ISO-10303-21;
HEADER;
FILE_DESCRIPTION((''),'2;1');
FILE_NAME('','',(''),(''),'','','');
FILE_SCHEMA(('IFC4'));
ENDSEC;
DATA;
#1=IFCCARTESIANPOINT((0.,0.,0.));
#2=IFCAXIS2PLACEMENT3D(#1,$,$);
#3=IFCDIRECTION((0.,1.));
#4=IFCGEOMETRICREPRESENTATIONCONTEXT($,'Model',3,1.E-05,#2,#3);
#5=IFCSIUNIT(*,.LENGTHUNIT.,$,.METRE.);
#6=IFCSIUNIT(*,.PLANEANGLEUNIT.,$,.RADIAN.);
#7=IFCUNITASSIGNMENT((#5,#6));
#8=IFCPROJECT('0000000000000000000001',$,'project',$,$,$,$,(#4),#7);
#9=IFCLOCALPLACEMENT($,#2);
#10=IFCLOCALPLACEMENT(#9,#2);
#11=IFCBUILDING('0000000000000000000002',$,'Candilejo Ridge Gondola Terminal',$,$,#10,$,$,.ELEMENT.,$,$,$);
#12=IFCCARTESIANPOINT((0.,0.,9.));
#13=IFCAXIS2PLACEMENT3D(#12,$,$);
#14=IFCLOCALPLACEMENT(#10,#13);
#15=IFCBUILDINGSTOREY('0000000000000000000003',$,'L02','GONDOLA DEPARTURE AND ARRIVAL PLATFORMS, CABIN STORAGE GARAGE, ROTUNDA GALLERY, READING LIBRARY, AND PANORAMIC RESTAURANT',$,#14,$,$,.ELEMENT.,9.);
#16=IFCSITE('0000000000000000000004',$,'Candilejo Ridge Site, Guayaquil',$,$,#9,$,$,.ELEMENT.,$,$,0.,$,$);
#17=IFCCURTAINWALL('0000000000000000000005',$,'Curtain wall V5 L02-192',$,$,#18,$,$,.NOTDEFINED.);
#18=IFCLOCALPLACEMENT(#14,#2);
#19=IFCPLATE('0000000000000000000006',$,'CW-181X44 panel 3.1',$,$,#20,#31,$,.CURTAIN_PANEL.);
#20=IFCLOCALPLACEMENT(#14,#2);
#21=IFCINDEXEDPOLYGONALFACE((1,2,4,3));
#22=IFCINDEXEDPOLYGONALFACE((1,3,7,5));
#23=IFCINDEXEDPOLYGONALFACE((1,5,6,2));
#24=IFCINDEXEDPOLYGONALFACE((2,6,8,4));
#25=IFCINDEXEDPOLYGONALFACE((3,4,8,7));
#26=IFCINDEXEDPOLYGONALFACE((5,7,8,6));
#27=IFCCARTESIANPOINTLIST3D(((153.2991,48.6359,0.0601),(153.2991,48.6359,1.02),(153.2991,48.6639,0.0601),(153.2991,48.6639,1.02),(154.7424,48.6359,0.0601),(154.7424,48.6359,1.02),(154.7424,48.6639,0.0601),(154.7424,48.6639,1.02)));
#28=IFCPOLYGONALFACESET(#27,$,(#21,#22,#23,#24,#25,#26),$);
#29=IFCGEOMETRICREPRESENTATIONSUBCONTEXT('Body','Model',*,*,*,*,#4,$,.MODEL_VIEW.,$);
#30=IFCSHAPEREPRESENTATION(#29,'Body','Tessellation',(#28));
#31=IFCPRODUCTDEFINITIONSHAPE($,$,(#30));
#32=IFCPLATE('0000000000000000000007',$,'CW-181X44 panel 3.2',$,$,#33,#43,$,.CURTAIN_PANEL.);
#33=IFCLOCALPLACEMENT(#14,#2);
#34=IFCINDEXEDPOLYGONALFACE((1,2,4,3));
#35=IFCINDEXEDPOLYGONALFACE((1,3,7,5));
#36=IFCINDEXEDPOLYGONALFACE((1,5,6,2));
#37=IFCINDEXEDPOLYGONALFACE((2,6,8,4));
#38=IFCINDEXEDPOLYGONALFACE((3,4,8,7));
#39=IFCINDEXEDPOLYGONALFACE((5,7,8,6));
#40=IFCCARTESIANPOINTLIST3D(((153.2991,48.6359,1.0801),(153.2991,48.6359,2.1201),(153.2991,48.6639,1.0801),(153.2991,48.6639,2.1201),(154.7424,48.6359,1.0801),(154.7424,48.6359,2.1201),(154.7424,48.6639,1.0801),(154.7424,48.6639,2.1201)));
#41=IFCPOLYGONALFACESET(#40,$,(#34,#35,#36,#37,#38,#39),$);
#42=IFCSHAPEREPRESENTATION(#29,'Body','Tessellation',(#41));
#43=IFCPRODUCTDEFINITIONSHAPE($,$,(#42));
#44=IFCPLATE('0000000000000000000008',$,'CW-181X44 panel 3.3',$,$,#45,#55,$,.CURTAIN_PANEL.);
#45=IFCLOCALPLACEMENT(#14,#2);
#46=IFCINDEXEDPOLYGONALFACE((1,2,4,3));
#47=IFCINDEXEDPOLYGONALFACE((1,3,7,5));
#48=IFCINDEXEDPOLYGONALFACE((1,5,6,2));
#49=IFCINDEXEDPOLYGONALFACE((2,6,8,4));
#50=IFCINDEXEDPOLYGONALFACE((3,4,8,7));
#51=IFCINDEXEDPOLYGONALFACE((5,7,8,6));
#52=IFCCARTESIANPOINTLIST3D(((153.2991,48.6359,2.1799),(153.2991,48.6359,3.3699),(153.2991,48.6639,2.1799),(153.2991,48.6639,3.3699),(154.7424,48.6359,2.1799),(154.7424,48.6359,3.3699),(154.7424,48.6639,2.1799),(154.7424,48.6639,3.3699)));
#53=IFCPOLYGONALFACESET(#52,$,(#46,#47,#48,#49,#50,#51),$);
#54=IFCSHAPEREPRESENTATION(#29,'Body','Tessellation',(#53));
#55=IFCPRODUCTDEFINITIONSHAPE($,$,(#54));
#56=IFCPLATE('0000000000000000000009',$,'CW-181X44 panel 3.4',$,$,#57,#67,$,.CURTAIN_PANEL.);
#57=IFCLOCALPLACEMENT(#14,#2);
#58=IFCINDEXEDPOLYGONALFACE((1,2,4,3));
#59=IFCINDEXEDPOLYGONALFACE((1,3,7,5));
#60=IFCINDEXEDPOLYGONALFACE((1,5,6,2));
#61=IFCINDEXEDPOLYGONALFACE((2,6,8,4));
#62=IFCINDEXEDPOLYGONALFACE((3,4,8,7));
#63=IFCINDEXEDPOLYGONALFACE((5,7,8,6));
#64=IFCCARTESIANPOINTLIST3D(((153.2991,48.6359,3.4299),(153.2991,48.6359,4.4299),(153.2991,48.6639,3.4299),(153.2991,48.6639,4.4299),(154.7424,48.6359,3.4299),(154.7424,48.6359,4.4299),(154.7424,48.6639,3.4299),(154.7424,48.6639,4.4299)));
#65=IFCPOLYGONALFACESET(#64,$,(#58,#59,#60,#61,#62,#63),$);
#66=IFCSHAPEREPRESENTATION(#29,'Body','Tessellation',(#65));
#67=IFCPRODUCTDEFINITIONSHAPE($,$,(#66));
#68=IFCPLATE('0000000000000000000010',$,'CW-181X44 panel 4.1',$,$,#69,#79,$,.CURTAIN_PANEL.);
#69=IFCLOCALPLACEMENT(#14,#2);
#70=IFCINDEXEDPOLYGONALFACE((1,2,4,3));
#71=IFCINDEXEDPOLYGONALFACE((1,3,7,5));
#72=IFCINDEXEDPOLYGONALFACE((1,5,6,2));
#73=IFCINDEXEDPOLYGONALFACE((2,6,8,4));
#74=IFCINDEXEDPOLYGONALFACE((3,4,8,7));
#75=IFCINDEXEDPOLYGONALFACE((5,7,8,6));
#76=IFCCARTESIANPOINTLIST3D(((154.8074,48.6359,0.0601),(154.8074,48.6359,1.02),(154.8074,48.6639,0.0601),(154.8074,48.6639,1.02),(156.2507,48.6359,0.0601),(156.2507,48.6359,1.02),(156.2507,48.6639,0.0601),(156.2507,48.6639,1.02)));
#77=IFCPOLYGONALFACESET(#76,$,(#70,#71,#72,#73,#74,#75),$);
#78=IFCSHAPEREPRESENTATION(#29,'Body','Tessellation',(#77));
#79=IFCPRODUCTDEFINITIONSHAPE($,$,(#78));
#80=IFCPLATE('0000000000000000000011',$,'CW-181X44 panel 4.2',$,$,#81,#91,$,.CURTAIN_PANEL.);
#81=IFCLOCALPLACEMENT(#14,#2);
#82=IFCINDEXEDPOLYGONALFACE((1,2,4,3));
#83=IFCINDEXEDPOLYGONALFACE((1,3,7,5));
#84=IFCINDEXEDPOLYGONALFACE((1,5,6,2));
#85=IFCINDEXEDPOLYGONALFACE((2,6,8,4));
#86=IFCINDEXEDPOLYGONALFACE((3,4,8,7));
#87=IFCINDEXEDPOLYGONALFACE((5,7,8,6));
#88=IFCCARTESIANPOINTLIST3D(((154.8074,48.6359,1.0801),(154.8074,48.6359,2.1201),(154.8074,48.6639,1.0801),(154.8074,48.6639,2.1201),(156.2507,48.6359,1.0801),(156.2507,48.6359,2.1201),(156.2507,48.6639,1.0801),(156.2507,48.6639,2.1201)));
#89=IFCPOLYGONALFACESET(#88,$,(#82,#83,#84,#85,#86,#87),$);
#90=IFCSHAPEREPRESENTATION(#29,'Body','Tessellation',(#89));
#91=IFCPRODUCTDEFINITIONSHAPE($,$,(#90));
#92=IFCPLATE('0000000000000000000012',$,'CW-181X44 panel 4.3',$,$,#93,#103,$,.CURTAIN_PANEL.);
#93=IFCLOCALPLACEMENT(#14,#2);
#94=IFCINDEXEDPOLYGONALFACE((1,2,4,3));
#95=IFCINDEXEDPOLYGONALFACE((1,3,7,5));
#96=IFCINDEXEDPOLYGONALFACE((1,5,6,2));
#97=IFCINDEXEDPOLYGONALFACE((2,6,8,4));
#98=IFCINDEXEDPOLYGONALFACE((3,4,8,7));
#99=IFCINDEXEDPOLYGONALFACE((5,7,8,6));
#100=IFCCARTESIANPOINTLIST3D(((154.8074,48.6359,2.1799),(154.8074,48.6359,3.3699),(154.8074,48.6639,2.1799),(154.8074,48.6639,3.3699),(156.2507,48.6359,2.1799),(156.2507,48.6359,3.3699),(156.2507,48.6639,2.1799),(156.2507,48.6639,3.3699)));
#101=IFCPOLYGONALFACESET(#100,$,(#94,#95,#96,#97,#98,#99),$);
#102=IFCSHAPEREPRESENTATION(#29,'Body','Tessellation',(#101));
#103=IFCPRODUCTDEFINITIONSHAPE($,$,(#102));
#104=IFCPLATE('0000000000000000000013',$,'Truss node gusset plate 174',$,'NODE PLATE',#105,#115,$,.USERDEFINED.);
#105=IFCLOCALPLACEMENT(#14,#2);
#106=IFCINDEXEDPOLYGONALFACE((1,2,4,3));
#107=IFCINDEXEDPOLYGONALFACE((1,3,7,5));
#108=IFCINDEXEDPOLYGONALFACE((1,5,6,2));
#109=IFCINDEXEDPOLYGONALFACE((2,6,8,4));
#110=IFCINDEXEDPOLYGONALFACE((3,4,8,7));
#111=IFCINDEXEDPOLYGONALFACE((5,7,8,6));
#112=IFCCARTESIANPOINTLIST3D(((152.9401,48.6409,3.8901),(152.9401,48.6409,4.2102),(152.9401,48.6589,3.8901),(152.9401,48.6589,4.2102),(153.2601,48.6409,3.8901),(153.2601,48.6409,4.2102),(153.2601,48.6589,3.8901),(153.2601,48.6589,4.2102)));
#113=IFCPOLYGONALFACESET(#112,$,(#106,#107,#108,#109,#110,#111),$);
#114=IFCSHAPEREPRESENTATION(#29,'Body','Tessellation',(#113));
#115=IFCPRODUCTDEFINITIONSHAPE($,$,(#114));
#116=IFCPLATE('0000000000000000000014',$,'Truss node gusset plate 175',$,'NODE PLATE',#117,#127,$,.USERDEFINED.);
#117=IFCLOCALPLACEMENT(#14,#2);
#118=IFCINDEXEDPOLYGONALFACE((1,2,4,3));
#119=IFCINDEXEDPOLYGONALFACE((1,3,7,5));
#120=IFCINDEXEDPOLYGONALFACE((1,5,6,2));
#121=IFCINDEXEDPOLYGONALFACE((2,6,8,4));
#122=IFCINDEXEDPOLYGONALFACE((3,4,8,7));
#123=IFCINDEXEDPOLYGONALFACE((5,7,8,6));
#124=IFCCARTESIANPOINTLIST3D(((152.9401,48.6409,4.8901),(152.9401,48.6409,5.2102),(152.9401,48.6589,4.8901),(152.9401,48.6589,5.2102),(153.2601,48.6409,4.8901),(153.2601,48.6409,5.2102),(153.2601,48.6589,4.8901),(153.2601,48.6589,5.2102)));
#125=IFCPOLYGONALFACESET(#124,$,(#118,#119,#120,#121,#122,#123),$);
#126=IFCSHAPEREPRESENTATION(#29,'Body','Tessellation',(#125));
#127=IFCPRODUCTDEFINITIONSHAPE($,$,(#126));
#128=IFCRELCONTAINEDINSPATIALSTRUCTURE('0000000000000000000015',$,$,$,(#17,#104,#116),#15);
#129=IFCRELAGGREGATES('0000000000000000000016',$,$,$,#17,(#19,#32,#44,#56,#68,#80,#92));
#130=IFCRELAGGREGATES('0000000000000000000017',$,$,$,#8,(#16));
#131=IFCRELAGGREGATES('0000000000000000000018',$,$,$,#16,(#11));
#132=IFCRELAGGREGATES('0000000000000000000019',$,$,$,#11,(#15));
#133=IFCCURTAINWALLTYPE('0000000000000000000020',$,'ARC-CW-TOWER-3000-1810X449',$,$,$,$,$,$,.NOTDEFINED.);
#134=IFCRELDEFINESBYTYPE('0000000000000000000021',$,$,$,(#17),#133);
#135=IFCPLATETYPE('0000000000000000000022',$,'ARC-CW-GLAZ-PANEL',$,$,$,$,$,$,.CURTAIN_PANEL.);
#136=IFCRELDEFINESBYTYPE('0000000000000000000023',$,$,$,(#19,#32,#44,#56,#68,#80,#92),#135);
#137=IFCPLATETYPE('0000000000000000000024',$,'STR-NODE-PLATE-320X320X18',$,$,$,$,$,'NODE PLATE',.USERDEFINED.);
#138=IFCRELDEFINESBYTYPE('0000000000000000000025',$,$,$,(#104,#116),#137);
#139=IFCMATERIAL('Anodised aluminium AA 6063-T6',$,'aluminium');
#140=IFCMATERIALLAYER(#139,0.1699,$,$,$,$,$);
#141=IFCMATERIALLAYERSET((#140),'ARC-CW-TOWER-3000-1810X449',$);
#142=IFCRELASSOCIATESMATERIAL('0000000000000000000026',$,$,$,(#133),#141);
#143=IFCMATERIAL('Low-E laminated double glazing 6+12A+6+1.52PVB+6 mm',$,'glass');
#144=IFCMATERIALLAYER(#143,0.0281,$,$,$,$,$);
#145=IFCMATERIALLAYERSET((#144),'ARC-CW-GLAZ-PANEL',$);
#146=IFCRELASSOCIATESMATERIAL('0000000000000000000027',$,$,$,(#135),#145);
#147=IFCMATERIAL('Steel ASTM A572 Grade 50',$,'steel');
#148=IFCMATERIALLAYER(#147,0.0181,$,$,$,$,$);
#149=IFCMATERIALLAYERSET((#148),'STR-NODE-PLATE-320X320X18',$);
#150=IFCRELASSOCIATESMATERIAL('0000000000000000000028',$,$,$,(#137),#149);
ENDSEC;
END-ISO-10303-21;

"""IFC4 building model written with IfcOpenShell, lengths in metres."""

from ifc_helpers import new_model, si_unit, direction, frame, origin, origin_2d, place, context, subcontext, project, spatial, rectangle, extrude, material, layer, layer_set, type_object, element, aggregate, save


model = new_model("IFC4")

# Units and contexts
model_context = context("Model", 3, precision=1e-05, world=origin(), true_north=direction((0.0, 1.0)))
body_context = subcontext(model_context, "Body", "Model", "MODEL_VIEW")
ifc_project = project(units=[si_unit("LENGTHUNIT", "METRE"), si_unit("PLANEANGLEUNIT", "RADIAN")], contexts=[model_context])

# Site, building, storey
site_placement = place(None, origin())
site = spatial("IfcSite", under=ifc_project, at=site_placement, Name="Candilejo Ridge Site, Guayaquil", CompositionType="ELEMENT", RefElevation=0.0)
building_placement = place(site_placement, origin())
building = spatial("IfcBuilding", under=site, at=building_placement, Name="Candilejo Ridge Gondola Terminal", CompositionType="ELEMENT")
storey_placement = place(building_placement, frame((0.0, 0.0, 9.0)))
storey = spatial("IfcBuildingStorey", under=building, at=storey_placement, Name="L02", Description="GONDOLA DEPARTURE AND ARRIVAL PLATFORMS, CABIN STORAGE GARAGE, ROTUNDA GALLERY, READING LIBRARY, AND PANORAMIC RESTAURANT", CompositionType="ELEMENT", Elevation=9.0)

# Curtain wall
ifc_material_1 = material(Name="Anodised aluminium AA 6063-T6", Category="aluminium")
ifc_layer_1 = layer(ifc_material_1, 0.1699)
ifc_layer_set_1 = layer_set([ifc_layer_1], Name="ARC-CW-TOWER-3000-1810X449")
curtain_wall_type = type_object("IfcCurtainWallType", Name="ARC-CW-TOWER-3000-1810X449", PredefinedType="NOTDEFINED", material=ifc_layer_set_1)
curtain_wall_placement = place(storey_placement, origin())
curtain_wall = element("IfcCurtainWall", 1, at=curtain_wall_placement, inside=storey, type_object=curtain_wall_type, Name="Curtain wall V5 L02-192", PredefinedType="NOTDEFINED")

# Plates
ifc_material_2 = material(Name="Low-E laminated double glazing 6+12A+6+1.52PVB+6 mm", Category="glass")
ifc_layer_2 = layer(ifc_material_2, 0.0281)
ifc_layer_set_2 = layer_set([ifc_layer_2], Name="ARC-CW-GLAZ-PANEL")
plate_type_1 = type_object("IfcPlateType", Name="ARC-CW-GLAZ-PANEL", PredefinedType="CURTAIN_PANEL", material=ifc_layer_set_2)
plate_1_placement = place(storey_placement, frame((154.0208, 48.6499, 0.0601), z_axis=(0.0, 0.0, 1.0), x_axis=(1.0, 0.0, 0.0)))
plate_1 = element("IfcPlate", 2, at=plate_1_placement, type_object=plate_type_1, Name="CW-181X44 panel 3.1", PredefinedType="CURTAIN_PANEL", context=body_context, shape_type="SweptSolid", body=[
    extrude(rectangle(XDim=1.4434, YDim=0.0281, at=origin_2d()), origin(), (0.0, 0.0, 1.0), 0.96),
])
plate_2_placement = place(storey_placement, frame((154.0208, 48.6499, 1.0801), z_axis=(0.0, 0.0, 1.0), x_axis=(1.0, 0.0, 0.0)))
plate_2 = element("IfcPlate", 3, at=plate_2_placement, type_object=plate_type_1, Name="CW-181X44 panel 3.2", PredefinedType="CURTAIN_PANEL", context=body_context, shape_type="SweptSolid", body=[
    extrude(rectangle(XDim=1.4434, YDim=0.0281, at=origin_2d()), origin(), (0.0, 0.0, 1.0), 1.04),
])
plate_3_placement = place(storey_placement, frame((154.0208, 48.6499, 2.1799), z_axis=(0.0, 0.0, 1.0), x_axis=(1.0, 0.0, 0.0)))
plate_3 = element("IfcPlate", 4, at=plate_3_placement, type_object=plate_type_1, Name="CW-181X44 panel 3.3", PredefinedType="CURTAIN_PANEL", context=body_context, shape_type="SweptSolid", body=[
    extrude(rectangle(XDim=1.4434, YDim=0.0281, at=origin_2d()), origin(), (0.0, 0.0, 1.0), 1.1899),
])
plate_4_placement = place(storey_placement, frame((154.0208, 48.6499, 3.4299), z_axis=(0.0, 0.0, 1.0), x_axis=(1.0, 0.0, 0.0)))
plate_4 = element("IfcPlate", 5, at=plate_4_placement, type_object=plate_type_1, Name="CW-181X44 panel 3.4", PredefinedType="CURTAIN_PANEL", context=body_context, shape_type="SweptSolid", body=[
    extrude(rectangle(XDim=1.4434, YDim=0.0281, at=origin_2d()), origin(), (0.0, 0.0, 1.0), 1.0),
])
plate_5_placement = place(storey_placement, frame((155.5291, 48.6499, 0.0601), z_axis=(0.0, 0.0, 1.0), x_axis=(1.0, 0.0, 0.0)))
plate_5 = element("IfcPlate", 6, at=plate_5_placement, type_object=plate_type_1, Name="CW-181X44 panel 4.1", PredefinedType="CURTAIN_PANEL", context=body_context, shape_type="SweptSolid", body=[
    extrude(rectangle(XDim=1.4434, YDim=0.0281, at=origin_2d()), origin(), (0.0, 0.0, 1.0), 0.96),
])
plate_6_placement = place(storey_placement, frame((155.5291, 48.6499, 1.0801), z_axis=(0.0, 0.0, 1.0), x_axis=(1.0, 0.0, 0.0)))
plate_6 = element("IfcPlate", 7, at=plate_6_placement, type_object=plate_type_1, Name="CW-181X44 panel 4.2", PredefinedType="CURTAIN_PANEL", context=body_context, shape_type="SweptSolid", body=[
    extrude(rectangle(XDim=1.4434, YDim=0.0281, at=origin_2d()), origin(), (0.0, 0.0, 1.0), 1.04),
])
plate_7_placement = place(storey_placement, frame((155.5291, 48.6499, 2.1799), z_axis=(0.0, 0.0, 1.0), x_axis=(1.0, 0.0, 0.0)))
plate_7 = element("IfcPlate", 8, at=plate_7_placement, type_object=plate_type_1, Name="CW-181X44 panel 4.3", PredefinedType="CURTAIN_PANEL", context=body_context, shape_type="SweptSolid", body=[
    extrude(rectangle(XDim=1.4434, YDim=0.0281, at=origin_2d()), origin(), (0.0, 0.0, 1.0), 1.1899),
])
aggregate(curtain_wall, [plate_1, plate_2, plate_3, plate_4, plate_5, plate_6, plate_7])

# Plates
ifc_material_3 = material(Name="Steel ASTM A572 Grade 50", Category="steel")
ifc_layer_3 = layer(ifc_material_3, 0.0181)
ifc_layer_set_3 = layer_set([ifc_layer_3], Name="STR-NODE-PLATE-320X320X18")
plate_type_2 = type_object("IfcPlateType", Name="STR-NODE-PLATE-320X320X18", ElementType="NODE PLATE", PredefinedType="USERDEFINED", material=ifc_layer_set_3)
for number, where, z_axis, x_axis, name in (
    (9, (153.1001, 48.6499, 3.8901), (0.0, 0.0, 1.0), (1.0, 0.0, 0.0), "Truss node gusset plate 174"),
    (10, (153.1001, 48.6499, 4.8901), (0.0, 0.0, 1.0), (1.0, 0.0, 0.0), "Truss node gusset plate 175"),
):
    element("IfcPlate", number, at=place(storey_placement, frame(where, z_axis=z_axis, x_axis=x_axis)), inside=storey, type_object=plate_type_2, Name=name, ObjectType="NODE PLATE", PredefinedType="USERDEFINED", context=body_context, shape_type="SweptSolid", body=[
        extrude(rectangle(XDim=0.3201, YDim=0.0181, at=origin_2d()), origin(), (0.0, 0.0, 1.0), 0.3201),
    ])

save(model, "model.ifc")
